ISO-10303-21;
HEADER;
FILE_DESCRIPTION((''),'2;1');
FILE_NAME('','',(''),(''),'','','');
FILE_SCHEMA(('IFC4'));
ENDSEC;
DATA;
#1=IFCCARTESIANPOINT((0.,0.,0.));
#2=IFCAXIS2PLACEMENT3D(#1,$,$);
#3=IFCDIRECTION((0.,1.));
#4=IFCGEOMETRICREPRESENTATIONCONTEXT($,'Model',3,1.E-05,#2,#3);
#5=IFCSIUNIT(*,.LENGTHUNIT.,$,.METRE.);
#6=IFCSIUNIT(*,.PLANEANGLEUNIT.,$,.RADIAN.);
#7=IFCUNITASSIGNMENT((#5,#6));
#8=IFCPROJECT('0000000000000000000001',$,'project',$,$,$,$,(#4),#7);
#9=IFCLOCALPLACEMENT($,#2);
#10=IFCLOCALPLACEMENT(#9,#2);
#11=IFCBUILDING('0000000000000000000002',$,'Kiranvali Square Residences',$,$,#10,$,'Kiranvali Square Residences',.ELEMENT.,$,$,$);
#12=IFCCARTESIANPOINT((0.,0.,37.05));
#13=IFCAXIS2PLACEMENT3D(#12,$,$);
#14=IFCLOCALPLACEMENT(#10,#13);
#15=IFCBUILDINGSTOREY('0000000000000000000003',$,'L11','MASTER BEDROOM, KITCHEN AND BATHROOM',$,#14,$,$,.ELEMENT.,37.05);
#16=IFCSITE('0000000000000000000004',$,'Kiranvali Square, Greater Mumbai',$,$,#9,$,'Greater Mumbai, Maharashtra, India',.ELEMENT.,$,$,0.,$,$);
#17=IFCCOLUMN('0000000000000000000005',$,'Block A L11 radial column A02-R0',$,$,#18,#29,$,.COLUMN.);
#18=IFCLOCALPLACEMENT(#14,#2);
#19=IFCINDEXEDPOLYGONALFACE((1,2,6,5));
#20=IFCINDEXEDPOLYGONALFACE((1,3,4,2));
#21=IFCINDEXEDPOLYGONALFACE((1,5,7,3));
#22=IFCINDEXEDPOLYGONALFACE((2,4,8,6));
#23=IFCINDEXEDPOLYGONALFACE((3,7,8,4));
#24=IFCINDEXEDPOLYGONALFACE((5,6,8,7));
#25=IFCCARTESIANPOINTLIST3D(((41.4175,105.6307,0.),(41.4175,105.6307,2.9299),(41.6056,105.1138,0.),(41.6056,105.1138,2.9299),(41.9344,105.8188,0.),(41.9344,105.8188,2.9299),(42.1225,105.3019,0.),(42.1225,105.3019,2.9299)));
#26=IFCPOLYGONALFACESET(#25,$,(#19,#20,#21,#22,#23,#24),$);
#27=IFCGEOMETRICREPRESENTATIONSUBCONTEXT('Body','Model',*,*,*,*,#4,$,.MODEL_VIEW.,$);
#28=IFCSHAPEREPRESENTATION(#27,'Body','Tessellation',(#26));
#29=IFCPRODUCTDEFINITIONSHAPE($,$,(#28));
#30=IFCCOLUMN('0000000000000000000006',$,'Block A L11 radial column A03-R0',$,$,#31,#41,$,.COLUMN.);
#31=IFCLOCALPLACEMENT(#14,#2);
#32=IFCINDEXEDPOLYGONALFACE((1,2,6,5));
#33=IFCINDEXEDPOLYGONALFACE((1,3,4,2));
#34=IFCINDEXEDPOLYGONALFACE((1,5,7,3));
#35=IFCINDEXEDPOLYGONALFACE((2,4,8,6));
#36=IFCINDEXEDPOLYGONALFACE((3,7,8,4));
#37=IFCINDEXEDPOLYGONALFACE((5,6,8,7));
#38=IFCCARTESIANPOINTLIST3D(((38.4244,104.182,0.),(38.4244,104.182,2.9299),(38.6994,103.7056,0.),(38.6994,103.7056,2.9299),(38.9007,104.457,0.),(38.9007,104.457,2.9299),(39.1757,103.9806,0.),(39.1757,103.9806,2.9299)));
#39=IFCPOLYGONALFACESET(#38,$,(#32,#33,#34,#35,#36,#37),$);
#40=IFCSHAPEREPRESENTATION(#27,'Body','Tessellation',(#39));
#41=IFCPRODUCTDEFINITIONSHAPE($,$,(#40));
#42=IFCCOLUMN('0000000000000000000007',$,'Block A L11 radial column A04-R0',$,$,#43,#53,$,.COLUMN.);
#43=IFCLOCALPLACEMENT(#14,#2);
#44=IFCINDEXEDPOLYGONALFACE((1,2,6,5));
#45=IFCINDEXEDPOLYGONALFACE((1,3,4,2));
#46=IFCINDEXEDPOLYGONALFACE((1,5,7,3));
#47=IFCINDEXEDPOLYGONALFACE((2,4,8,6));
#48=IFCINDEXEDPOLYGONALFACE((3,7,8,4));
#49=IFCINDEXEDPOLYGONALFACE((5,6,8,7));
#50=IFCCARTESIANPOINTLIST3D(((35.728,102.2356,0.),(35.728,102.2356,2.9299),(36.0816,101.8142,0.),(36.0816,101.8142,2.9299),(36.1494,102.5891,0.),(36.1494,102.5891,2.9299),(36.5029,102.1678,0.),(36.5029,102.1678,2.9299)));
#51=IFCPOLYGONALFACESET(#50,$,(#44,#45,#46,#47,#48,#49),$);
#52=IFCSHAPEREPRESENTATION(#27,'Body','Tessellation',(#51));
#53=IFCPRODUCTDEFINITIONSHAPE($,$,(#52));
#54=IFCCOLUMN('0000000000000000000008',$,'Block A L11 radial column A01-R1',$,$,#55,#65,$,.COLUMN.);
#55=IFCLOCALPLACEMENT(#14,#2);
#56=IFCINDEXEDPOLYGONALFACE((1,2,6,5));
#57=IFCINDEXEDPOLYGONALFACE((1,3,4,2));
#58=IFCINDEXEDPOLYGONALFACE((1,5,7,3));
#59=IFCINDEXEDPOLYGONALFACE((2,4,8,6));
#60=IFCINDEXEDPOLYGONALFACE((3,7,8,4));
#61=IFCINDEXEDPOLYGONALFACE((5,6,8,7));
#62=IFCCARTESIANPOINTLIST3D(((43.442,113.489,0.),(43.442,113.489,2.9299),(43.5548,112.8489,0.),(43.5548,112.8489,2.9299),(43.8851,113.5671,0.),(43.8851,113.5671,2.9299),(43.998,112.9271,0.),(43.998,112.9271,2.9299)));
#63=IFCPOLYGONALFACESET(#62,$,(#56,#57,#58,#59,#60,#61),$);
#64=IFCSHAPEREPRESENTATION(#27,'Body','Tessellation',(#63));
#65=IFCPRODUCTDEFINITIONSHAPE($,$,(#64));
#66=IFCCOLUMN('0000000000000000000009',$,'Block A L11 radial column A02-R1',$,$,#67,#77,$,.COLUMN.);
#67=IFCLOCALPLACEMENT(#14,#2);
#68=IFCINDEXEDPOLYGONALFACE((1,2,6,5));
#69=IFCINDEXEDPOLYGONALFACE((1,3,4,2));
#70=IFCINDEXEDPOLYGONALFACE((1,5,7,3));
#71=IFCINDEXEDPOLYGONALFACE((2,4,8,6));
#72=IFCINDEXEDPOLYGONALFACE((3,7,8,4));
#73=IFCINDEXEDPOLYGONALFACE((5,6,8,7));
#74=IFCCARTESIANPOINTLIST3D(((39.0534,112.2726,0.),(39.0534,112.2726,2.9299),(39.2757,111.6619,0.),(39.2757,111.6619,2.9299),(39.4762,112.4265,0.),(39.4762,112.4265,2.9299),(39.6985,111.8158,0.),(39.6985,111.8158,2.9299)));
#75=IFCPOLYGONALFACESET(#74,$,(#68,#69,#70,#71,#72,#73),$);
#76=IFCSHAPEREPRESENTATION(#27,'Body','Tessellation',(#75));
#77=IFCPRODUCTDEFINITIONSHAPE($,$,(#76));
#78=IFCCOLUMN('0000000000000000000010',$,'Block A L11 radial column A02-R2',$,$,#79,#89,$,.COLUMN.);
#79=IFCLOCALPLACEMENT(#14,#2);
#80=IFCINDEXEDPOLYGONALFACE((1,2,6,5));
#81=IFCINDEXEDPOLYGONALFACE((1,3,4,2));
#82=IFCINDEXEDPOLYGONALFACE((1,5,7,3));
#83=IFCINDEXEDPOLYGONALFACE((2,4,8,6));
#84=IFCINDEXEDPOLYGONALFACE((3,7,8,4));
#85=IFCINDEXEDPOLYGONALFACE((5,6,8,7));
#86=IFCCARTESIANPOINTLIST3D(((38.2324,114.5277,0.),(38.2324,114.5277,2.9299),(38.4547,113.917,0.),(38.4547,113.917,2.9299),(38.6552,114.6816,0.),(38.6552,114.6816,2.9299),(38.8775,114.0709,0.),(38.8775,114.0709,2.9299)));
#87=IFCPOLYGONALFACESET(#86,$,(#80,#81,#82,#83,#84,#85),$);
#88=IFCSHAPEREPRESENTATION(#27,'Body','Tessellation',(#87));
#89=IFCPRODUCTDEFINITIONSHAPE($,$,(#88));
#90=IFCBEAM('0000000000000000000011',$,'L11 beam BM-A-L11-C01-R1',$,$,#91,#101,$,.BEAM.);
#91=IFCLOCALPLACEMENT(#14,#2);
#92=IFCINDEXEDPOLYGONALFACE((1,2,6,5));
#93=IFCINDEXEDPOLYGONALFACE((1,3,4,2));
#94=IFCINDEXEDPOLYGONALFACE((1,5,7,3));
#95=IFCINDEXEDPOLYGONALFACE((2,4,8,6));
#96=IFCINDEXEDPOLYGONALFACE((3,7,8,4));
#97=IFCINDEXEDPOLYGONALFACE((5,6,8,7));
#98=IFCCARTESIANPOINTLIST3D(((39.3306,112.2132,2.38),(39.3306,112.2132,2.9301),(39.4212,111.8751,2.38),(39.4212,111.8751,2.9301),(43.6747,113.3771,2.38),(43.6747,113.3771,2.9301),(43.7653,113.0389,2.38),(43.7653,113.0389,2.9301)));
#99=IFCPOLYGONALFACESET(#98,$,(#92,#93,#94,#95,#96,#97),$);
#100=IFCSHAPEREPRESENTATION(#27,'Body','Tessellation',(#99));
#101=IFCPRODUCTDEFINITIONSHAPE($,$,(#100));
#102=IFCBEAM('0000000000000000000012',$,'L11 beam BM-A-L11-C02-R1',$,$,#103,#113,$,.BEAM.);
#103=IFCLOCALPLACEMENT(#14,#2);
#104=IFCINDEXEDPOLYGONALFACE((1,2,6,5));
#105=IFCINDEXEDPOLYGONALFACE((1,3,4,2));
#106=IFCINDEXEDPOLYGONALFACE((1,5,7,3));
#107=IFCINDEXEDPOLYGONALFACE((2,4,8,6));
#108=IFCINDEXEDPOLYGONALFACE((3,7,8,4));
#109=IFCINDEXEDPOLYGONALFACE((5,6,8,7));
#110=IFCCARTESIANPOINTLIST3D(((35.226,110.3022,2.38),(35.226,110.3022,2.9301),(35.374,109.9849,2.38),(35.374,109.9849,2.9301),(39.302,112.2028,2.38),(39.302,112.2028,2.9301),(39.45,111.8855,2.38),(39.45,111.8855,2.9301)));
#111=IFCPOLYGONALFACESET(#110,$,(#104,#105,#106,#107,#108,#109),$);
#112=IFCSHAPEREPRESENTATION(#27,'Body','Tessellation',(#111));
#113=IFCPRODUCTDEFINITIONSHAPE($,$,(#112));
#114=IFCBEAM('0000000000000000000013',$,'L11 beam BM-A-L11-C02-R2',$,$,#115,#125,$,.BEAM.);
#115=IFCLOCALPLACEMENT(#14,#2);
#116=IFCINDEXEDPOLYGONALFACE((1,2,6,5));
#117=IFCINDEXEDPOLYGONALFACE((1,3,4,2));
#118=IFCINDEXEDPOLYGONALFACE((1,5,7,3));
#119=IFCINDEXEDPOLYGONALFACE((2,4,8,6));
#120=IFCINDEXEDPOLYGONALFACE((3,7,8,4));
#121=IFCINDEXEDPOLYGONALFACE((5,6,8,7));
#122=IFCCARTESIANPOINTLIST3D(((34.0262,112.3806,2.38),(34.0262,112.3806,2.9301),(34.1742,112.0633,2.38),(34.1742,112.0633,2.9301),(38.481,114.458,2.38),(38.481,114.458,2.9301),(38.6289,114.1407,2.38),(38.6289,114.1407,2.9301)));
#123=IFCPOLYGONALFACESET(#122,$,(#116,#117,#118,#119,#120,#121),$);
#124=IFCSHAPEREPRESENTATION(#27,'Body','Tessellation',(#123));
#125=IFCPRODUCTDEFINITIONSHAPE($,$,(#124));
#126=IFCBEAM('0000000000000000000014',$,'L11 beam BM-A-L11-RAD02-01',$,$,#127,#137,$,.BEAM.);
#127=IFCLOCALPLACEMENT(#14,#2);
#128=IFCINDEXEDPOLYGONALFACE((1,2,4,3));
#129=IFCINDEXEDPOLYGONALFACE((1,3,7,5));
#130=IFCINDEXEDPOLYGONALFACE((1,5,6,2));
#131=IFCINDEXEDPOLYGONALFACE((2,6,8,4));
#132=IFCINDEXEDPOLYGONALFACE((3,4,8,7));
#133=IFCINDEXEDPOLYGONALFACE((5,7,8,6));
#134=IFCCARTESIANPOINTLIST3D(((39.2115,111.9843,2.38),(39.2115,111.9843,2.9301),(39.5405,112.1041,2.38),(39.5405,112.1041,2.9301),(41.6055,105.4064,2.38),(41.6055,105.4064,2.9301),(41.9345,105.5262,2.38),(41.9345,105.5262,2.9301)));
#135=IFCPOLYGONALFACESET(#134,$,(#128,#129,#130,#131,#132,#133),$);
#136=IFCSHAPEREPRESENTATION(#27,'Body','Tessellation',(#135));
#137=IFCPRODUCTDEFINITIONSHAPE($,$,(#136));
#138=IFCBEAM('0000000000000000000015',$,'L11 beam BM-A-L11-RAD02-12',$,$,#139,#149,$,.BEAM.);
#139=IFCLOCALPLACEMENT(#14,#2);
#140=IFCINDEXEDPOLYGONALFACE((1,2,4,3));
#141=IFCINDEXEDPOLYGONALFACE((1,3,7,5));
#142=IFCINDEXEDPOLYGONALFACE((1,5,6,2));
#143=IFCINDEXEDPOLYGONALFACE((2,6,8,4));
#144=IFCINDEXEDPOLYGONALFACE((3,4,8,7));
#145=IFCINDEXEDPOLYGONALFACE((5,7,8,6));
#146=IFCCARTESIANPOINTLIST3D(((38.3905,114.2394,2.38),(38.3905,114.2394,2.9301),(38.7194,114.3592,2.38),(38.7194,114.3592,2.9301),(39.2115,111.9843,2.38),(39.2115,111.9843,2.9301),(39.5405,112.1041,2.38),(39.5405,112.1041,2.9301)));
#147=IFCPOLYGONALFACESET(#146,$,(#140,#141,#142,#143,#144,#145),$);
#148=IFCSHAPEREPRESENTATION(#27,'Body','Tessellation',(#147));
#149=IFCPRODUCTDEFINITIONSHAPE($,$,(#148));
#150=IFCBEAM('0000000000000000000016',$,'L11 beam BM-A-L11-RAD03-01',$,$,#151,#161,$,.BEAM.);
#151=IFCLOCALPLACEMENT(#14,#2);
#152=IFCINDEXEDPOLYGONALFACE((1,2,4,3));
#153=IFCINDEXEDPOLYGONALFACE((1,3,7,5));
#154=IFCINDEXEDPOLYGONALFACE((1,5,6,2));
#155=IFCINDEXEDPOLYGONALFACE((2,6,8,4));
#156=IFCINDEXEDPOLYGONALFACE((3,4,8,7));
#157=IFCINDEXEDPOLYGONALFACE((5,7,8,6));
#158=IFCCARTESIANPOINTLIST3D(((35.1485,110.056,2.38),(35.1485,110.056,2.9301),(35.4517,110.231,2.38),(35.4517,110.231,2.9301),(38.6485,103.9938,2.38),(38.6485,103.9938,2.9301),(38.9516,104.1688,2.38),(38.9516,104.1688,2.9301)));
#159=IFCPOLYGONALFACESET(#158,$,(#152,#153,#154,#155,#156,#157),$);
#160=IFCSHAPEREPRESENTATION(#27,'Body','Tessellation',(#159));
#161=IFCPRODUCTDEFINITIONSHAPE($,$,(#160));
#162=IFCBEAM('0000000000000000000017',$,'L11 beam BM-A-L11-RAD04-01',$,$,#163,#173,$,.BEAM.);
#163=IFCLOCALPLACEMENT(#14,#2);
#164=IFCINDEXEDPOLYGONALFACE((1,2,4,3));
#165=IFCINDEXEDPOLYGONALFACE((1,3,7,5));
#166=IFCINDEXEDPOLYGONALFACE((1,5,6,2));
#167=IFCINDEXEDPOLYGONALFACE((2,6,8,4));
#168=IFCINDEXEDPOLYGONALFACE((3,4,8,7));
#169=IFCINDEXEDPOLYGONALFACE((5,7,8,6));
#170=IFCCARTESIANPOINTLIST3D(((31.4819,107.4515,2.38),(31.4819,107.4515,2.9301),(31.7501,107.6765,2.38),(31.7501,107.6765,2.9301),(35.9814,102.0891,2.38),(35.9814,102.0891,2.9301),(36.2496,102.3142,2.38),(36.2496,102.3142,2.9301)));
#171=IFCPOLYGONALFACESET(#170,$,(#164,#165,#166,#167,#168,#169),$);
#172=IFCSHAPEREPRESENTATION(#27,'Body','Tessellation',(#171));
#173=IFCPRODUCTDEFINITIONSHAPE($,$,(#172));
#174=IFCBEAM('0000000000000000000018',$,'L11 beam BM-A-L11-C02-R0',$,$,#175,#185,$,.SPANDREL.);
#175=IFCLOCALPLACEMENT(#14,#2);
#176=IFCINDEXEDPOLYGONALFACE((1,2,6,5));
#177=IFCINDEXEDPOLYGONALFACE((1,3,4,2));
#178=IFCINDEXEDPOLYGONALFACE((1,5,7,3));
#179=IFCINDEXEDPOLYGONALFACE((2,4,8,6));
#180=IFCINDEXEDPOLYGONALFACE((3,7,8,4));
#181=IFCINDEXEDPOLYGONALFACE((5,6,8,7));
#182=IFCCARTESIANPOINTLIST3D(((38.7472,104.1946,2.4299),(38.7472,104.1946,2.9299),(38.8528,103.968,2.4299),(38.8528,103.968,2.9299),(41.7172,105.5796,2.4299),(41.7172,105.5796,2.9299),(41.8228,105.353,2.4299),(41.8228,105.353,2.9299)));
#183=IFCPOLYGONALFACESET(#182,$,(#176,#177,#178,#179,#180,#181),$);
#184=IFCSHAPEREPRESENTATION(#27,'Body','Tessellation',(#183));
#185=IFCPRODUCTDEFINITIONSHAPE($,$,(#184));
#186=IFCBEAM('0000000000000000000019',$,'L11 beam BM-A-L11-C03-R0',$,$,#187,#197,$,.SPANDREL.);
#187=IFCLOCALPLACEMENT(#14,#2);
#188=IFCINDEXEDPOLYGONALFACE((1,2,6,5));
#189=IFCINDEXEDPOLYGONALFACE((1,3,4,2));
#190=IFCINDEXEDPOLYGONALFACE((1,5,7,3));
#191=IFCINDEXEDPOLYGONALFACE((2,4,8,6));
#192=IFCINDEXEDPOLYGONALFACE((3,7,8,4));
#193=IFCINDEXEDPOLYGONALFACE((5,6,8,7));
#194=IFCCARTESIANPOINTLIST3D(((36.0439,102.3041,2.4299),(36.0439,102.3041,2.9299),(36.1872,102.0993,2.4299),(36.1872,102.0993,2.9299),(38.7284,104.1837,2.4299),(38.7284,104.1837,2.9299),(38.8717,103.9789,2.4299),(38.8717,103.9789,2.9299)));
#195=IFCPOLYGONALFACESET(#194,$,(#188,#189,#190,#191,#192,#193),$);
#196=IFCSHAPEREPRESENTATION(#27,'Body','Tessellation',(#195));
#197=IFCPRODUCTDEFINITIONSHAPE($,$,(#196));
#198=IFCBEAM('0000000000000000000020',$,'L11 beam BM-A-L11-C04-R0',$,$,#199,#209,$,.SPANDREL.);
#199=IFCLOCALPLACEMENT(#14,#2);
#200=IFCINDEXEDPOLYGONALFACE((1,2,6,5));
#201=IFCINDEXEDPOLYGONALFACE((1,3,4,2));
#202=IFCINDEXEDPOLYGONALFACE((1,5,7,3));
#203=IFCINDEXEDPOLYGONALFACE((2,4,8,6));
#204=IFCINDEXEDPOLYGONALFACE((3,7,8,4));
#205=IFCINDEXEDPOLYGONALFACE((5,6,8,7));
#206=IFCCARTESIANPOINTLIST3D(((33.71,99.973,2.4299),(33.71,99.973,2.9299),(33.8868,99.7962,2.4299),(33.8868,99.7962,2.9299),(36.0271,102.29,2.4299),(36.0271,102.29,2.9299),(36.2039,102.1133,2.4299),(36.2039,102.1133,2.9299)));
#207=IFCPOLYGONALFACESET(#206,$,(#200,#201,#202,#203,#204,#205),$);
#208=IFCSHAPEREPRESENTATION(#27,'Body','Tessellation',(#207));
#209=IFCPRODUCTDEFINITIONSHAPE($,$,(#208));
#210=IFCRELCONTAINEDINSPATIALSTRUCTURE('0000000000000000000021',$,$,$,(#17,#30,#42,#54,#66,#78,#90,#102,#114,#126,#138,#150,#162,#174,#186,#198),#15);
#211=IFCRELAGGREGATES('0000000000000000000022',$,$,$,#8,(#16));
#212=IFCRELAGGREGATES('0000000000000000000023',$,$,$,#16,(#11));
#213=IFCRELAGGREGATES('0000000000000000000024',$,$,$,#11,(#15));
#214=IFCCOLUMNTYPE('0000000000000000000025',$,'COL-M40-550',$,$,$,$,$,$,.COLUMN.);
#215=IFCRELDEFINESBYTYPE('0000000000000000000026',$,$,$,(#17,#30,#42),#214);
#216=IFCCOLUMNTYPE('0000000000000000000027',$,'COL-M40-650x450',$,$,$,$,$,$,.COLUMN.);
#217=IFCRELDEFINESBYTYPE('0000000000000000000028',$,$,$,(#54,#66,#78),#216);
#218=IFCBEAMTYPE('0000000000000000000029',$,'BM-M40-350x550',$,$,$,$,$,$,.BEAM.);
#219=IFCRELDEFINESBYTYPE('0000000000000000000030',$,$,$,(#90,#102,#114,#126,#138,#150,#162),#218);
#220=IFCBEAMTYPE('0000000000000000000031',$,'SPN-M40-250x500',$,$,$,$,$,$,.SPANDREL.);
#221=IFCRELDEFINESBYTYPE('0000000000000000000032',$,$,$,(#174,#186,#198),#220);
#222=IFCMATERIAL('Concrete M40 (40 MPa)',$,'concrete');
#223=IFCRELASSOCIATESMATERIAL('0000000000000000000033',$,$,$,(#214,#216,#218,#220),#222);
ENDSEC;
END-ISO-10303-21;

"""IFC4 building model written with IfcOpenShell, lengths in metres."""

from ifc_helpers import new_model, si_unit, direction, frame, origin, origin_2d, place, context, subcontext, project, spatial, rectangle, extrude, material, material_profile, profile_set, type_object, element, save


model = new_model("IFC4")

# Units and contexts
model_context = context("Model", 3, precision=1e-05, world=origin(), true_north=direction((0.0, 1.0)))
body_context = subcontext(model_context, "Body", "Model", "MODEL_VIEW")
ifc_project = project(units=[si_unit("LENGTHUNIT", "METRE"), si_unit("PLANEANGLEUNIT", "RADIAN")], contexts=[model_context])

# Site, building, storey
site_placement = place(None, origin())
site = spatial("IfcSite", under=ifc_project, at=site_placement, Name="Kiranvali Square, Greater Mumbai", LongName="Greater Mumbai, Maharashtra, India", CompositionType="ELEMENT", RefElevation=0.0)
building_placement = place(site_placement, origin())
building = spatial("IfcBuilding", under=site, at=building_placement, Name="Kiranvali Square Residences", LongName="Kiranvali Square Residences", CompositionType="ELEMENT")
storey_placement = place(building_placement, frame((0.0, 0.0, 37.05)))
storey = spatial("IfcBuildingStorey", under=building, at=storey_placement, Name="L11", Description="MASTER BEDROOM, KITCHEN AND BATHROOM", CompositionType="ELEMENT", Elevation=37.05)

# Columns
ifc_material_1 = material(Name="Concrete M40 (40 MPa)", Category="concrete")
ifc_material_profile_1 = material_profile(ifc_material_1, rectangle(XDim=0.55, YDim=0.55, at=origin_2d()), Name="RC 550x550")
ifc_profile_set_1 = profile_set([ifc_material_profile_1], Name="Concrete M40 (40 MPa)")
column_type_1 = type_object("IfcColumnType", Name="COL-M40-550", PredefinedType="COLUMN", material=ifc_profile_set_1)
for number, where, z_axis, x_axis, name in (
    (1, (41.77, 105.4663, 0.0), (0.0, 0.0, 1.0), (0.939693, 0.34202, 0.0), "Block A L11 radial column A02-R0"),
    (2, (38.8, 104.0813, 0.0), (0.0, 0.0, 1.0), (0.866025, 0.5, 0.0), "Block A L11 radial column A03-R0"),
    (3, (36.1155, 102.2017, 0.0), (0.0, 0.0, 1.0), (0.766044, 0.642788, 0.0), "Block A L11 radial column A04-R0"),
):
    element("IfcColumn", number, at=place(storey_placement, frame(where, z_axis=z_axis, x_axis=x_axis)), inside=storey, type_object=column_type_1, Name=name, PredefinedType="COLUMN", context=body_context, shape_type="SweptSolid", body=[
        extrude(rectangle(XDim=0.55, YDim=0.55, at=origin_2d()), origin(), (0.0, 0.0, 1.0), 2.9299),
    ])
ifc_material_profile_2 = material_profile(ifc_material_1, rectangle(XDim=0.45, YDim=0.6499, at=origin_2d()), Name="RC 650x450")
ifc_profile_set_2 = profile_set([ifc_material_profile_2], Name="Concrete M40 (40 MPa)")
column_type_2 = type_object("IfcColumnType", Name="COL-M40-650x450", PredefinedType="COLUMN", material=ifc_profile_set_2)
for number, where, z_axis, x_axis, name in (
    (4, (43.72, 113.208, 0.0), (0.0, 0.0, 1.0), (0.984808, 0.173648, 0.0), "Block A L11 radial column A01-R1"),
    (5, (39.376, 112.0442, 0.0), (0.0, 0.0, 1.0), (0.939693, 0.34202, 0.0), "Block A L11 radial column A02-R1"),
    (6, (38.5549, 114.2993, 0.0), (0.0, 0.0, 1.0), (0.939693, 0.34202, 0.0), "Block A L11 radial column A02-R2"),
):
    element("IfcColumn", number, at=place(storey_placement, frame(where, z_axis=z_axis, x_axis=x_axis)), inside=storey, type_object=column_type_2, Name=name, PredefinedType="COLUMN", context=body_context, shape_type="SweptSolid", body=[
        extrude(rectangle(XDim=0.45, YDim=0.6499, at=origin_2d()), origin(), (0.0, 0.0, 1.0), 2.9299),
    ])

# Beams
ifc_material_profile_3 = material_profile(ifc_material_1, rectangle(XDim=0.3501, YDim=0.55, at=origin_2d()), Name="RC 350x550")
ifc_profile_set_3 = profile_set([ifc_material_profile_3], Name="Concrete M40 (40 MPa)")
beam_type_1 = type_object("IfcBeamType", Name="BM-M40-350x550", PredefinedType="BEAM", material=ifc_profile_set_3)
for number, where, z_axis, x_axis, name in (
    (7, (43.72, 113.208, 2.655), (-0.965934, -0.258788, 0.0), (0.258788, -0.965934, 0.0), "L11 beam BM-A-L11-C01-R1"),
    (8, (39.376, 112.0442, 2.655), (-0.906308, -0.422618, 0.0), (0.422618, -0.906308, 0.0), "L11 beam BM-A-L11-C02-R1"),
):
    element("IfcBeam", number, at=place(storey_placement, frame(where, z_axis=z_axis, x_axis=x_axis)), inside=storey, type_object=beam_type_1, Name=name, PredefinedType="BEAM", context=body_context, shape_type="SweptSolid", body=[
        extrude(rectangle(XDim=0.3501, YDim=0.55, at=origin_2d()), origin(), (0.0, 0.0, 1.0), 4.4973),
    ])
beam_1_placement = place(storey_placement, frame((38.5549, 114.2993, 2.655), z_axis=(-0.906302, -0.42263, 0.0), x_axis=(0.42263, -0.906302, 0.0)))
element("IfcBeam", 9, at=beam_1_placement, inside=storey, type_object=beam_type_1, Name="L11 beam BM-A-L11-C02-R2", PredefinedType="BEAM", context=body_context, shape_type="SweptSolid", body=[
    extrude(rectangle(XDim=0.3501, YDim=0.55, at=origin_2d()), origin(), (0.0, 0.0, 1.0), 4.9153),
])
beam_2_placement = place(storey_placement, frame((41.77, 105.4663, 2.655), z_axis=(-0.342006, 0.939698, 0.0), x_axis=(-0.939698, -0.342006, 0.0)))
element("IfcBeam", 10, at=beam_2_placement, inside=storey, type_object=beam_type_1, Name="L11 beam BM-A-L11-RAD02-01", PredefinedType="BEAM", context=body_context, shape_type="SweptSolid", body=[
    extrude(rectangle(XDim=0.3501, YDim=0.55, at=origin_2d()), origin(), (0.0, 0.0, 1.0), 7.0),
])
beam_3_placement = place(storey_placement, frame((39.376, 112.0442, 2.655), z_axis=(-0.342111, 0.93966, 0.0), x_axis=(-0.93966, -0.342111, 0.0)))
element("IfcBeam", 11, at=beam_3_placement, inside=storey, type_object=beam_type_1, Name="L11 beam BM-A-L11-RAD02-12", PredefinedType="BEAM", context=body_context, shape_type="SweptSolid", body=[
    extrude(rectangle(XDim=0.3501, YDim=0.55, at=origin_2d()), origin(), (0.0, 0.0, 1.0), 2.3999),
])
for number, where, z_axis, x_axis, name in (
    (12, (38.8, 104.0813, 2.655), (-0.499995, 0.866028, 0.0), (-0.866028, -0.499995, 0.0), "L11 beam BM-A-L11-RAD03-01"),
    (13, (36.1155, 102.2017, 2.655), (-0.642788, 0.766044, 0.0), (-0.766044, -0.642788, 0.0), "L11 beam BM-A-L11-RAD04-01"),
):
    element("IfcBeam", number, at=place(storey_placement, frame(where, z_axis=z_axis, x_axis=x_axis)), inside=storey, type_object=beam_type_1, Name=name, PredefinedType="BEAM", context=body_context, shape_type="SweptSolid", body=[
        extrude(rectangle(XDim=0.3501, YDim=0.55, at=origin_2d()), origin(), (0.0, 0.0, 1.0), 7.0),
    ])
ifc_material_profile_4 = material_profile(ifc_material_1, rectangle(XDim=0.25, YDim=0.5, at=origin_2d()), Name="RC 250x500")
ifc_profile_set_4 = profile_set([ifc_material_profile_4], Name="Concrete M40 (40 MPa)")
beam_type_2 = type_object("IfcBeamType", Name="SPN-M40-250x500", PredefinedType="SPANDREL", material=ifc_profile_set_4)
for number, where, z_axis, x_axis, name in (
    (14, (41.77, 105.4663, 2.6799), (-0.906297, -0.422641, 0.0), (0.422641, -0.906297, 0.0), "L11 beam BM-A-L11-C02-R0"),
    (15, (38.8, 104.0813, 2.6799), (-0.819169, -0.573552, 0.0), (0.573552, -0.819169, 0.0), "L11 beam BM-A-L11-C03-R0"),
):
    element("IfcBeam", number, at=place(storey_placement, frame(where, z_axis=z_axis, x_axis=x_axis)), inside=storey, type_object=beam_type_2, Name=name, PredefinedType="SPANDREL", context=body_context, shape_type="SweptSolid", body=[
        extrude(rectangle(XDim=0.25, YDim=0.5, at=origin_2d()), origin(), (0.0, 0.0, 1.0), 3.2771),
    ])
beam_4_placement = place(storey_placement, frame((36.1155, 102.2017, 2.6799), z_axis=(-0.707107, -0.707107, 0.0), x_axis=(0.707107, -0.707107, 0.0)))
element("IfcBeam", 16, at=beam_4_placement, inside=storey, type_object=beam_type_2, Name="L11 beam BM-A-L11-C04-R0", PredefinedType="SPANDREL", context=body_context, shape_type="SweptSolid", body=[
    extrude(rectangle(XDim=0.25, YDim=0.5, at=origin_2d()), origin(), (0.0, 0.0, 1.0), 3.2769),
])

save(model, "model.ifc")
